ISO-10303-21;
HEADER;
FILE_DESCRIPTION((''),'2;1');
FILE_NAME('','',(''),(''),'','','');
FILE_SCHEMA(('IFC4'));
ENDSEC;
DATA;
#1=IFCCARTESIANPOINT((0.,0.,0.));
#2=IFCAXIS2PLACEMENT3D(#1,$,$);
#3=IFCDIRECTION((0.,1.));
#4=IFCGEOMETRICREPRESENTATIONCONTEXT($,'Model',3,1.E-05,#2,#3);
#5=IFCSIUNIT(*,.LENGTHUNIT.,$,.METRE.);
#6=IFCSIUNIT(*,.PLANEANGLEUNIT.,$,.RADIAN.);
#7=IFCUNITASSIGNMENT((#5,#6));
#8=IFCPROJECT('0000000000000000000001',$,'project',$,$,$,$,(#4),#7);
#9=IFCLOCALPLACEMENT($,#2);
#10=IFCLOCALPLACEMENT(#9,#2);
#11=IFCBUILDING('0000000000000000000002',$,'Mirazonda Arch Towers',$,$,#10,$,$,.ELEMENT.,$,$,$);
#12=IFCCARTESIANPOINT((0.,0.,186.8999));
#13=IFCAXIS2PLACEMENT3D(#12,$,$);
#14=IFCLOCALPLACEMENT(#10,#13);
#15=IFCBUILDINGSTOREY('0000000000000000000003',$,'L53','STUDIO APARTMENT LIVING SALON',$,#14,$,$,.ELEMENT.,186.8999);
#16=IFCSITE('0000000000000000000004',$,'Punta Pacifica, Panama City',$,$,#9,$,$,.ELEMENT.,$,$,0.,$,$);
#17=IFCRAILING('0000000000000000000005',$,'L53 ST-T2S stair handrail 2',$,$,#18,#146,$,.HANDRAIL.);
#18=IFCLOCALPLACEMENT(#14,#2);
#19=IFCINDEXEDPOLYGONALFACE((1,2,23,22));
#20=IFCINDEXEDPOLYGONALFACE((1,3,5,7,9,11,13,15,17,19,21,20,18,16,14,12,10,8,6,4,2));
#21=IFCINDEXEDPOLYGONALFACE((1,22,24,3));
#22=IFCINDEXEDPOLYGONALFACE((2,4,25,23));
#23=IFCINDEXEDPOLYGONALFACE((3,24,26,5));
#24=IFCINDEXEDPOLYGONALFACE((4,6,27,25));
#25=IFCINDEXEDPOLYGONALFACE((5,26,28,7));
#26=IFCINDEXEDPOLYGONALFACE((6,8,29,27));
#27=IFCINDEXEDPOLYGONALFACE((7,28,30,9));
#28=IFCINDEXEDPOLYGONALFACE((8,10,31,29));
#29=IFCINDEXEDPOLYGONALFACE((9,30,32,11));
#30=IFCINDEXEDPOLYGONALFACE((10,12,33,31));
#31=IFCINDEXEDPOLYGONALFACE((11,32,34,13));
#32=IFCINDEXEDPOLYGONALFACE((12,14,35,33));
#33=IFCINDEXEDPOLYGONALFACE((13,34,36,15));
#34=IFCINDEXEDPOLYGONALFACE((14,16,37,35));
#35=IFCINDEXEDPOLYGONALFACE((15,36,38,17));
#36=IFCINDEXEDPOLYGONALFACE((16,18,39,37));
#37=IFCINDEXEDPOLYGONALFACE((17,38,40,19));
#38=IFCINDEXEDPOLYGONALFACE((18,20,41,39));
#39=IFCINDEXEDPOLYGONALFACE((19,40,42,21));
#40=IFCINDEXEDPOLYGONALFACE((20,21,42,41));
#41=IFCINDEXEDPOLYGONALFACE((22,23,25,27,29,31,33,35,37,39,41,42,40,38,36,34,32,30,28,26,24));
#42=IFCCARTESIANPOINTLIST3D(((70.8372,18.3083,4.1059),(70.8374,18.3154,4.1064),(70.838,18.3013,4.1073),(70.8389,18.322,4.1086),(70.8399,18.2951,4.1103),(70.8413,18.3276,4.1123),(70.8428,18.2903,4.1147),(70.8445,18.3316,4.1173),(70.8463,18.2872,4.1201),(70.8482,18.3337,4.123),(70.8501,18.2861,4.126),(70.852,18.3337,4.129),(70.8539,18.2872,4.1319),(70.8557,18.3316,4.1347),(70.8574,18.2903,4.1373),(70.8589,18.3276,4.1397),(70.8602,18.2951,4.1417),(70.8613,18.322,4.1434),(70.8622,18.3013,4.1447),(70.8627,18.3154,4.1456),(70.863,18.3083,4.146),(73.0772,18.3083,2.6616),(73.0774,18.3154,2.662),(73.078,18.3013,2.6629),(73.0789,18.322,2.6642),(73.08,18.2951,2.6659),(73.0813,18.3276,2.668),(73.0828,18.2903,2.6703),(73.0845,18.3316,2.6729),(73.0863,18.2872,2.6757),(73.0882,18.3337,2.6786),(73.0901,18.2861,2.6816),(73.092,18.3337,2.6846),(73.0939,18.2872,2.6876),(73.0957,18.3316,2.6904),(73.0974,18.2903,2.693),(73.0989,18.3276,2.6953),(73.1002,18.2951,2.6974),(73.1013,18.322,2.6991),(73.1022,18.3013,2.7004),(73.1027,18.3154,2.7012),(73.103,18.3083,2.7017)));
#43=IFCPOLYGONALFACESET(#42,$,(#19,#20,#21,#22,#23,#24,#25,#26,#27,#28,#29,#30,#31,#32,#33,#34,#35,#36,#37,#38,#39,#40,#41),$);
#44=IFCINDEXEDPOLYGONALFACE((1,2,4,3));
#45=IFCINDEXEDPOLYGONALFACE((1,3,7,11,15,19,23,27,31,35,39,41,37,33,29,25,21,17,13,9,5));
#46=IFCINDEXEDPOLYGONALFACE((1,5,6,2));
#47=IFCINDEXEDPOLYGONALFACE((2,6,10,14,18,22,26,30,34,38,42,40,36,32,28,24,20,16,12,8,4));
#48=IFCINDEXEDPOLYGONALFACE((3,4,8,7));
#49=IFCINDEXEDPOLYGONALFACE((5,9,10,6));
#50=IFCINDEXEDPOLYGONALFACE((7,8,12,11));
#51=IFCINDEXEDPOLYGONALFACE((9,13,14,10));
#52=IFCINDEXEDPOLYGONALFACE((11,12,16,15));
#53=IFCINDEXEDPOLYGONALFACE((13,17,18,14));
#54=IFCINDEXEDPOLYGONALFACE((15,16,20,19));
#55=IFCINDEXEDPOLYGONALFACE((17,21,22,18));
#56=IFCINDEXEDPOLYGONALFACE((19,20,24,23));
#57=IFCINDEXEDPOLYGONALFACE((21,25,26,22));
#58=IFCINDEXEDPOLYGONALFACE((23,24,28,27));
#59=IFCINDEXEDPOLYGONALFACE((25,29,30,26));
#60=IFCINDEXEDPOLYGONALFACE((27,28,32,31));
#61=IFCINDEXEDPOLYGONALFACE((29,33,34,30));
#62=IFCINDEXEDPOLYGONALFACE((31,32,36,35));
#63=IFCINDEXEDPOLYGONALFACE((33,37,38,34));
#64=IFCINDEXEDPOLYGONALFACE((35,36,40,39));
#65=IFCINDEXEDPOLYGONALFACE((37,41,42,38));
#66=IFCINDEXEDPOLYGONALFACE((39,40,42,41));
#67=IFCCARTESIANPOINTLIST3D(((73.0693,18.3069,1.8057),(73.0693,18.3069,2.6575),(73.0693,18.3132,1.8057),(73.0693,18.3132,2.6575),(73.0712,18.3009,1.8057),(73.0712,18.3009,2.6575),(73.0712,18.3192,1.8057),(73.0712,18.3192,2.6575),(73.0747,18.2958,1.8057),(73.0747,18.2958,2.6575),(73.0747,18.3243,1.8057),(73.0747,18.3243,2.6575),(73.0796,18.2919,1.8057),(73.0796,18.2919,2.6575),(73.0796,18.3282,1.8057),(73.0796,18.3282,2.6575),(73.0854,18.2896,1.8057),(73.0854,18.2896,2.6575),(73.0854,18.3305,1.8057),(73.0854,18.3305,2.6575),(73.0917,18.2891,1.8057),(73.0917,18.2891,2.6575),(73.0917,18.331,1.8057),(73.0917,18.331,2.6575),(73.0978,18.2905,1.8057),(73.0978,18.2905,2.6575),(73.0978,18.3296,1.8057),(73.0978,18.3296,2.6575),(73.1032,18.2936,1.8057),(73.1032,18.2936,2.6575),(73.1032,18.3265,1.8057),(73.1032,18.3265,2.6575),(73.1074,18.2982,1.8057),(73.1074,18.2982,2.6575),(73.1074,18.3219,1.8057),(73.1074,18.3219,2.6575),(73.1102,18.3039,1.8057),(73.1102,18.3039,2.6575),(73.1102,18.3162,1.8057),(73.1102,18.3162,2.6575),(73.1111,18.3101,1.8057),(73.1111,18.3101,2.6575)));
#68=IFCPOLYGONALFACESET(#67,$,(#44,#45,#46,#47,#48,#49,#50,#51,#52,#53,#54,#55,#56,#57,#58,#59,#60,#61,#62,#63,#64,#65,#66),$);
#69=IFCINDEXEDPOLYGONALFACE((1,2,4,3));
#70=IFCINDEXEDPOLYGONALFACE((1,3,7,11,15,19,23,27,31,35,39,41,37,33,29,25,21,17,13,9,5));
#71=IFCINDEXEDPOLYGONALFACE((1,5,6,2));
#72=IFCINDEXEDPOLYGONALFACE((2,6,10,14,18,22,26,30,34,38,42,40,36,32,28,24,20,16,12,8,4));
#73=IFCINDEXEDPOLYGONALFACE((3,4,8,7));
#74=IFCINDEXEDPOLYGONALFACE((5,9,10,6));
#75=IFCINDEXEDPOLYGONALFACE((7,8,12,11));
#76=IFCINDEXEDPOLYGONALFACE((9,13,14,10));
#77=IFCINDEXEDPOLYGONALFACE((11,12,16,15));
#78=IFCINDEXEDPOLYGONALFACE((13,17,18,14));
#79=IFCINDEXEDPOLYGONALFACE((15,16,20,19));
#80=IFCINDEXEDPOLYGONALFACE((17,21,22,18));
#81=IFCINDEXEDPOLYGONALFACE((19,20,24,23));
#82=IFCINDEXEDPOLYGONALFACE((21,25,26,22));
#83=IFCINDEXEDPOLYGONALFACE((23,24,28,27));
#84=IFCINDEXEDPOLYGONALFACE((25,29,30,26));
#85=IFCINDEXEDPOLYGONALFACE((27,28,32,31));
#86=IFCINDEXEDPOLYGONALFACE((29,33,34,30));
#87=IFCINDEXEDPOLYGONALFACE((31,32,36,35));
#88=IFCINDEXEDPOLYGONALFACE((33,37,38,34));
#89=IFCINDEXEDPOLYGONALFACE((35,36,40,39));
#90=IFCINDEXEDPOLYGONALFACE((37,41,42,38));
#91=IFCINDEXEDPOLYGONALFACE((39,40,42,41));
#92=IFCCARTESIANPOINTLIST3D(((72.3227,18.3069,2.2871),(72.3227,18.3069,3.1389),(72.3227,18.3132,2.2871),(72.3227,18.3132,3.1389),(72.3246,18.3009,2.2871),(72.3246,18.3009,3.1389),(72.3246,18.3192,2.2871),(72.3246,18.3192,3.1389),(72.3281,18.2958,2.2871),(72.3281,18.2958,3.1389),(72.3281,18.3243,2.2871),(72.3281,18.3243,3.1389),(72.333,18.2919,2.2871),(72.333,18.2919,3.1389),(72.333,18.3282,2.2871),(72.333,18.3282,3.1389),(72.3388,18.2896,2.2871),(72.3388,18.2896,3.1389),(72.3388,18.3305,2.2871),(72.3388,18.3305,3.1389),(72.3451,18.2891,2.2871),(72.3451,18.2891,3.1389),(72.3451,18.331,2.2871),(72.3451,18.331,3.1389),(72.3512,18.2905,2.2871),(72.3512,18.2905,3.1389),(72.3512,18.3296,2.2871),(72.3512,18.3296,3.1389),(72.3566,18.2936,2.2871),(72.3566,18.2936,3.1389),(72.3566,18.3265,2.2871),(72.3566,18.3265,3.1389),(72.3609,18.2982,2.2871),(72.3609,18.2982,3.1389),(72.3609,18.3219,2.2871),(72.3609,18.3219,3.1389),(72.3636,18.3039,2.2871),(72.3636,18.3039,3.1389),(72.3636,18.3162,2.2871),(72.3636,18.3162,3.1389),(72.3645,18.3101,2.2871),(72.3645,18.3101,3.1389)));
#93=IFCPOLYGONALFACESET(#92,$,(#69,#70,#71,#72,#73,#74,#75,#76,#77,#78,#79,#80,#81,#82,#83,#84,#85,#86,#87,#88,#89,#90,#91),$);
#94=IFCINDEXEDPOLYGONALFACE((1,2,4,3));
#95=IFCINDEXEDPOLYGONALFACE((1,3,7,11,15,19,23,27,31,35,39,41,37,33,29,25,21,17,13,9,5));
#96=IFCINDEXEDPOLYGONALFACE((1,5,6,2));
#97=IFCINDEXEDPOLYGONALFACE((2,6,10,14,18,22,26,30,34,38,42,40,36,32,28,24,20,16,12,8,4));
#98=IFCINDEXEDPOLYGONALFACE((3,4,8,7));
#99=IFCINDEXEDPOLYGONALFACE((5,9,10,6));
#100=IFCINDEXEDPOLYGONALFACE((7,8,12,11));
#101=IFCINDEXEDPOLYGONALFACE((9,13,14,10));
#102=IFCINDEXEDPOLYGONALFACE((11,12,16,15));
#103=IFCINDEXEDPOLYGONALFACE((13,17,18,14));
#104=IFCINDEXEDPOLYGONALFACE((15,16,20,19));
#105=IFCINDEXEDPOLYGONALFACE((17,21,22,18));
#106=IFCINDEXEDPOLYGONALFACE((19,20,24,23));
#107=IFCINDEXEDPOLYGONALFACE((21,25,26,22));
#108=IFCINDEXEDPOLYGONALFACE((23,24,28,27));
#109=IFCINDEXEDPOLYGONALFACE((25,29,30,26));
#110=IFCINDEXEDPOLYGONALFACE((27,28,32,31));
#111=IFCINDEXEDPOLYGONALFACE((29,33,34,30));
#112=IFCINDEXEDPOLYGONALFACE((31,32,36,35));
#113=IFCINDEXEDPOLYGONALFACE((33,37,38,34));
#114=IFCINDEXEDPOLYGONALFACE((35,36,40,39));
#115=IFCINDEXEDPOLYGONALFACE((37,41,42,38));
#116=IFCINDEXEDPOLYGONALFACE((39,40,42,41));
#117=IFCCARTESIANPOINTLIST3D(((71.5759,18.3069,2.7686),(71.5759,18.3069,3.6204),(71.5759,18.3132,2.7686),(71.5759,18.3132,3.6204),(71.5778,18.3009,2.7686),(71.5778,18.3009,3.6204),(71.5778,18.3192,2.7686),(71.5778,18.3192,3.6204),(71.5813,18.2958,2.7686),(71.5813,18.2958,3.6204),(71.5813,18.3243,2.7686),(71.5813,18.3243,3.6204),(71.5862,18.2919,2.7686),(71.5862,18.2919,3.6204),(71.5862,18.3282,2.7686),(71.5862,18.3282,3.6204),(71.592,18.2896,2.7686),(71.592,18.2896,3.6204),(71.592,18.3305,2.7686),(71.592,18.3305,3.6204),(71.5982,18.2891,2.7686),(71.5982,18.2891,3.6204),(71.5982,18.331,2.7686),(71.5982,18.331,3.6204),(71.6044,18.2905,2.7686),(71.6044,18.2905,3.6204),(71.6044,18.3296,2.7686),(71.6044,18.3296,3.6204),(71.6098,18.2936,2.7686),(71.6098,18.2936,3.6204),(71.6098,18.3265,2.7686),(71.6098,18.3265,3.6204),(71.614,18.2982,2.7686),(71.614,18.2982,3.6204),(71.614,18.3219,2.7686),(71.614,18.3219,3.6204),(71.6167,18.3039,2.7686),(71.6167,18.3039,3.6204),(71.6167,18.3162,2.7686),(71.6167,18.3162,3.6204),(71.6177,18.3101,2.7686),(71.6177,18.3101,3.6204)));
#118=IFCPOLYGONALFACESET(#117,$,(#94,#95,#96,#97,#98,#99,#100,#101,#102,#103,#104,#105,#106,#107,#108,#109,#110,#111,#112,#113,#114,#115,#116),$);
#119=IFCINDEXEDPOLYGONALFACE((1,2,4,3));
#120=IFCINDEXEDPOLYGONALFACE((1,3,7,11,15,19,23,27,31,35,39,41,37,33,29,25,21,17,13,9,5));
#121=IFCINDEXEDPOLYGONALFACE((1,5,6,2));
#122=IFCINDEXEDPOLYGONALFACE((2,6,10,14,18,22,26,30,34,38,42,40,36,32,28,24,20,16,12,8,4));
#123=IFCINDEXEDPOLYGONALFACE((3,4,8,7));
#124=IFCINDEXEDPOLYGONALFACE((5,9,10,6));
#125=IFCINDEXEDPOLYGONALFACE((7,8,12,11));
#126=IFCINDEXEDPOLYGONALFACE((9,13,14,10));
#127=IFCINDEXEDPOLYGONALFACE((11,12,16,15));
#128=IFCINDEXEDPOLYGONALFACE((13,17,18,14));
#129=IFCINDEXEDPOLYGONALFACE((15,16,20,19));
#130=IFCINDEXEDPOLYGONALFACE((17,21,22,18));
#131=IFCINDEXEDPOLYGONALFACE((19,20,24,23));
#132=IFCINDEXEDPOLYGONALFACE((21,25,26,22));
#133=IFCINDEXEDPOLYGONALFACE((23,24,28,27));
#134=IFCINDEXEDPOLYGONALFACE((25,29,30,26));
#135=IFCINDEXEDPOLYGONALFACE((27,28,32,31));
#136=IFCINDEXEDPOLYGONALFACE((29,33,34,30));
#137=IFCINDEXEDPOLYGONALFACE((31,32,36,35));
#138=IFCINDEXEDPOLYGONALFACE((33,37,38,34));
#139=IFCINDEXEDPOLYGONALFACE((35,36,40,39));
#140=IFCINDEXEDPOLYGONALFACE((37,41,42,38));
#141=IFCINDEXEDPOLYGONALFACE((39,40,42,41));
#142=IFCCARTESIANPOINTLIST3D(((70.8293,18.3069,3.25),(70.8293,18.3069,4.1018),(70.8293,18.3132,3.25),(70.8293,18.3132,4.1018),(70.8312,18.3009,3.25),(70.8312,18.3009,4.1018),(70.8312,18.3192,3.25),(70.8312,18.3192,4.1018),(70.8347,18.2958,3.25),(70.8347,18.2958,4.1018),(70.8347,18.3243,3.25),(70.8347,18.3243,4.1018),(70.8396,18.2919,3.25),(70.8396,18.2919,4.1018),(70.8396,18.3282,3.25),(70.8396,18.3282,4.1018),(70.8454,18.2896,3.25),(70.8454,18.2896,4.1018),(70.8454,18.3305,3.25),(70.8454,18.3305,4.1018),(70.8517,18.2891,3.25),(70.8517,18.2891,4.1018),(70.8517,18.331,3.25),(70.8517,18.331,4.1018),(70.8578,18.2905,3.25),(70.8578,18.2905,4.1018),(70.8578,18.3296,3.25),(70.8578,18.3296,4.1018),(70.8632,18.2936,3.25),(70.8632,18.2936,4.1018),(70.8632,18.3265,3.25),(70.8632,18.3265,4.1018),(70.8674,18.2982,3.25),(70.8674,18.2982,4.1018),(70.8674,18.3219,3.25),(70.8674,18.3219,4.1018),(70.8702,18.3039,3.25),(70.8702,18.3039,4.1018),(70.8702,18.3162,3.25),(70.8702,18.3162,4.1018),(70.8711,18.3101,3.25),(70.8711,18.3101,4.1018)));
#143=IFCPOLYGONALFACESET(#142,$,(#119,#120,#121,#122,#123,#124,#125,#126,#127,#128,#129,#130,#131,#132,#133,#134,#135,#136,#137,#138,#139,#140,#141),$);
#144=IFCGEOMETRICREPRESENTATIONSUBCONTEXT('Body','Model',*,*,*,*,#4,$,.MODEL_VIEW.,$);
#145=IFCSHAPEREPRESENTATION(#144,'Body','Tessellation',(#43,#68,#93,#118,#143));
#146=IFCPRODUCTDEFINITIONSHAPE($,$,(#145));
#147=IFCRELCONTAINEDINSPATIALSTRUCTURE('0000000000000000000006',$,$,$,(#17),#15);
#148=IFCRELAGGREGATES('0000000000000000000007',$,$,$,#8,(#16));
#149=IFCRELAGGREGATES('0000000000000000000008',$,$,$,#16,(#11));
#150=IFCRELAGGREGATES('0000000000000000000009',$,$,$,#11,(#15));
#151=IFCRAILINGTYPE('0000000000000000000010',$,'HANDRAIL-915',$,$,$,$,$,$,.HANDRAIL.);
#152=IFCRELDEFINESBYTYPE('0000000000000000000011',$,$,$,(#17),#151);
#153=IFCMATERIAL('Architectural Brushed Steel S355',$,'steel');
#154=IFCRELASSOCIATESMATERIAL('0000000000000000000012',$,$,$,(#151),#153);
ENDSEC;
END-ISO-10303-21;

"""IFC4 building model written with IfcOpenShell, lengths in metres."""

from ifc_helpers import new_model, si_unit, direction, frame, origin, origin_2d, place, context, subcontext, project, spatial, circle, extrude, material, type_object, element, save


model = new_model("IFC4")

# Units and contexts
model_context = context("Model", 3, precision=1e-05, world=origin(), true_north=direction((0.0, 1.0)))
body_context = subcontext(model_context, "Body", "Model", "MODEL_VIEW")
ifc_project = project(units=[si_unit("LENGTHUNIT", "METRE"), si_unit("PLANEANGLEUNIT", "RADIAN")], contexts=[model_context])

# Site, building, storey
site_placement = place(None, origin())
site = spatial("IfcSite", under=ifc_project, at=site_placement, Name="Punta Pacifica, Panama City", CompositionType="ELEMENT", RefElevation=0.0)
building_placement = place(site_placement, origin())
building = spatial("IfcBuilding", under=site, at=building_placement, Name="Mirazonda Arch Towers", CompositionType="ELEMENT")
storey_placement = place(building_placement, frame((0.0, 0.0, 186.8999)))
storey = spatial("IfcBuildingStorey", under=building, at=storey_placement, Name="L53", Description="STUDIO APARTMENT LIVING SALON", CompositionType="ELEMENT", Elevation=186.8999)

# Shared definitions
ifc_material_1 = material(Name="Architectural Brushed Steel S355", Category="steel")

# Railing
railing_type_1 = type_object("IfcRailingType", Name="HANDRAIL-915", PredefinedType="HANDRAIL", material=ifc_material_1)
railing_1_placement = place(storey_placement, frame((73.0901, 18.3101, 1.8057)))
element("IfcRailing", 1, at=railing_1_placement, inside=storey, type_object=railing_type_1, Name="L53 ST-T2S stair handrail 2", PredefinedType="HANDRAIL", context=body_context, shape_type="SweptSolid", body=[
    extrude(circle(Radius=0.0239, at=origin_2d()), frame((0.0, 0.0, 0.876), z_axis=(-0.840437, 0.0, 0.54191), x_axis=(0.0, -1.0, 0.0)), (0.0, 0.0, 1.0), 2.6653),
    extrude(circle(Radius=0.021, at=origin_2d()), origin(), (0.0, 0.0, 1.0), 0.8518),
    extrude(circle(Radius=0.021, at=origin_2d()), frame((-0.7466, 0.0, 0.4814)), (0.0, 0.0, 1.0), 0.8518),
    extrude(circle(Radius=0.021, at=origin_2d()), frame((-1.4934, 0.0, 0.9629)), (0.0, 0.0, 1.0), 0.8518),
    extrude(circle(Radius=0.021, at=origin_2d()), frame((-2.24, 0.0, 1.4443)), (0.0, 0.0, 1.0), 0.8518),
])

save(model, "model.ifc")
